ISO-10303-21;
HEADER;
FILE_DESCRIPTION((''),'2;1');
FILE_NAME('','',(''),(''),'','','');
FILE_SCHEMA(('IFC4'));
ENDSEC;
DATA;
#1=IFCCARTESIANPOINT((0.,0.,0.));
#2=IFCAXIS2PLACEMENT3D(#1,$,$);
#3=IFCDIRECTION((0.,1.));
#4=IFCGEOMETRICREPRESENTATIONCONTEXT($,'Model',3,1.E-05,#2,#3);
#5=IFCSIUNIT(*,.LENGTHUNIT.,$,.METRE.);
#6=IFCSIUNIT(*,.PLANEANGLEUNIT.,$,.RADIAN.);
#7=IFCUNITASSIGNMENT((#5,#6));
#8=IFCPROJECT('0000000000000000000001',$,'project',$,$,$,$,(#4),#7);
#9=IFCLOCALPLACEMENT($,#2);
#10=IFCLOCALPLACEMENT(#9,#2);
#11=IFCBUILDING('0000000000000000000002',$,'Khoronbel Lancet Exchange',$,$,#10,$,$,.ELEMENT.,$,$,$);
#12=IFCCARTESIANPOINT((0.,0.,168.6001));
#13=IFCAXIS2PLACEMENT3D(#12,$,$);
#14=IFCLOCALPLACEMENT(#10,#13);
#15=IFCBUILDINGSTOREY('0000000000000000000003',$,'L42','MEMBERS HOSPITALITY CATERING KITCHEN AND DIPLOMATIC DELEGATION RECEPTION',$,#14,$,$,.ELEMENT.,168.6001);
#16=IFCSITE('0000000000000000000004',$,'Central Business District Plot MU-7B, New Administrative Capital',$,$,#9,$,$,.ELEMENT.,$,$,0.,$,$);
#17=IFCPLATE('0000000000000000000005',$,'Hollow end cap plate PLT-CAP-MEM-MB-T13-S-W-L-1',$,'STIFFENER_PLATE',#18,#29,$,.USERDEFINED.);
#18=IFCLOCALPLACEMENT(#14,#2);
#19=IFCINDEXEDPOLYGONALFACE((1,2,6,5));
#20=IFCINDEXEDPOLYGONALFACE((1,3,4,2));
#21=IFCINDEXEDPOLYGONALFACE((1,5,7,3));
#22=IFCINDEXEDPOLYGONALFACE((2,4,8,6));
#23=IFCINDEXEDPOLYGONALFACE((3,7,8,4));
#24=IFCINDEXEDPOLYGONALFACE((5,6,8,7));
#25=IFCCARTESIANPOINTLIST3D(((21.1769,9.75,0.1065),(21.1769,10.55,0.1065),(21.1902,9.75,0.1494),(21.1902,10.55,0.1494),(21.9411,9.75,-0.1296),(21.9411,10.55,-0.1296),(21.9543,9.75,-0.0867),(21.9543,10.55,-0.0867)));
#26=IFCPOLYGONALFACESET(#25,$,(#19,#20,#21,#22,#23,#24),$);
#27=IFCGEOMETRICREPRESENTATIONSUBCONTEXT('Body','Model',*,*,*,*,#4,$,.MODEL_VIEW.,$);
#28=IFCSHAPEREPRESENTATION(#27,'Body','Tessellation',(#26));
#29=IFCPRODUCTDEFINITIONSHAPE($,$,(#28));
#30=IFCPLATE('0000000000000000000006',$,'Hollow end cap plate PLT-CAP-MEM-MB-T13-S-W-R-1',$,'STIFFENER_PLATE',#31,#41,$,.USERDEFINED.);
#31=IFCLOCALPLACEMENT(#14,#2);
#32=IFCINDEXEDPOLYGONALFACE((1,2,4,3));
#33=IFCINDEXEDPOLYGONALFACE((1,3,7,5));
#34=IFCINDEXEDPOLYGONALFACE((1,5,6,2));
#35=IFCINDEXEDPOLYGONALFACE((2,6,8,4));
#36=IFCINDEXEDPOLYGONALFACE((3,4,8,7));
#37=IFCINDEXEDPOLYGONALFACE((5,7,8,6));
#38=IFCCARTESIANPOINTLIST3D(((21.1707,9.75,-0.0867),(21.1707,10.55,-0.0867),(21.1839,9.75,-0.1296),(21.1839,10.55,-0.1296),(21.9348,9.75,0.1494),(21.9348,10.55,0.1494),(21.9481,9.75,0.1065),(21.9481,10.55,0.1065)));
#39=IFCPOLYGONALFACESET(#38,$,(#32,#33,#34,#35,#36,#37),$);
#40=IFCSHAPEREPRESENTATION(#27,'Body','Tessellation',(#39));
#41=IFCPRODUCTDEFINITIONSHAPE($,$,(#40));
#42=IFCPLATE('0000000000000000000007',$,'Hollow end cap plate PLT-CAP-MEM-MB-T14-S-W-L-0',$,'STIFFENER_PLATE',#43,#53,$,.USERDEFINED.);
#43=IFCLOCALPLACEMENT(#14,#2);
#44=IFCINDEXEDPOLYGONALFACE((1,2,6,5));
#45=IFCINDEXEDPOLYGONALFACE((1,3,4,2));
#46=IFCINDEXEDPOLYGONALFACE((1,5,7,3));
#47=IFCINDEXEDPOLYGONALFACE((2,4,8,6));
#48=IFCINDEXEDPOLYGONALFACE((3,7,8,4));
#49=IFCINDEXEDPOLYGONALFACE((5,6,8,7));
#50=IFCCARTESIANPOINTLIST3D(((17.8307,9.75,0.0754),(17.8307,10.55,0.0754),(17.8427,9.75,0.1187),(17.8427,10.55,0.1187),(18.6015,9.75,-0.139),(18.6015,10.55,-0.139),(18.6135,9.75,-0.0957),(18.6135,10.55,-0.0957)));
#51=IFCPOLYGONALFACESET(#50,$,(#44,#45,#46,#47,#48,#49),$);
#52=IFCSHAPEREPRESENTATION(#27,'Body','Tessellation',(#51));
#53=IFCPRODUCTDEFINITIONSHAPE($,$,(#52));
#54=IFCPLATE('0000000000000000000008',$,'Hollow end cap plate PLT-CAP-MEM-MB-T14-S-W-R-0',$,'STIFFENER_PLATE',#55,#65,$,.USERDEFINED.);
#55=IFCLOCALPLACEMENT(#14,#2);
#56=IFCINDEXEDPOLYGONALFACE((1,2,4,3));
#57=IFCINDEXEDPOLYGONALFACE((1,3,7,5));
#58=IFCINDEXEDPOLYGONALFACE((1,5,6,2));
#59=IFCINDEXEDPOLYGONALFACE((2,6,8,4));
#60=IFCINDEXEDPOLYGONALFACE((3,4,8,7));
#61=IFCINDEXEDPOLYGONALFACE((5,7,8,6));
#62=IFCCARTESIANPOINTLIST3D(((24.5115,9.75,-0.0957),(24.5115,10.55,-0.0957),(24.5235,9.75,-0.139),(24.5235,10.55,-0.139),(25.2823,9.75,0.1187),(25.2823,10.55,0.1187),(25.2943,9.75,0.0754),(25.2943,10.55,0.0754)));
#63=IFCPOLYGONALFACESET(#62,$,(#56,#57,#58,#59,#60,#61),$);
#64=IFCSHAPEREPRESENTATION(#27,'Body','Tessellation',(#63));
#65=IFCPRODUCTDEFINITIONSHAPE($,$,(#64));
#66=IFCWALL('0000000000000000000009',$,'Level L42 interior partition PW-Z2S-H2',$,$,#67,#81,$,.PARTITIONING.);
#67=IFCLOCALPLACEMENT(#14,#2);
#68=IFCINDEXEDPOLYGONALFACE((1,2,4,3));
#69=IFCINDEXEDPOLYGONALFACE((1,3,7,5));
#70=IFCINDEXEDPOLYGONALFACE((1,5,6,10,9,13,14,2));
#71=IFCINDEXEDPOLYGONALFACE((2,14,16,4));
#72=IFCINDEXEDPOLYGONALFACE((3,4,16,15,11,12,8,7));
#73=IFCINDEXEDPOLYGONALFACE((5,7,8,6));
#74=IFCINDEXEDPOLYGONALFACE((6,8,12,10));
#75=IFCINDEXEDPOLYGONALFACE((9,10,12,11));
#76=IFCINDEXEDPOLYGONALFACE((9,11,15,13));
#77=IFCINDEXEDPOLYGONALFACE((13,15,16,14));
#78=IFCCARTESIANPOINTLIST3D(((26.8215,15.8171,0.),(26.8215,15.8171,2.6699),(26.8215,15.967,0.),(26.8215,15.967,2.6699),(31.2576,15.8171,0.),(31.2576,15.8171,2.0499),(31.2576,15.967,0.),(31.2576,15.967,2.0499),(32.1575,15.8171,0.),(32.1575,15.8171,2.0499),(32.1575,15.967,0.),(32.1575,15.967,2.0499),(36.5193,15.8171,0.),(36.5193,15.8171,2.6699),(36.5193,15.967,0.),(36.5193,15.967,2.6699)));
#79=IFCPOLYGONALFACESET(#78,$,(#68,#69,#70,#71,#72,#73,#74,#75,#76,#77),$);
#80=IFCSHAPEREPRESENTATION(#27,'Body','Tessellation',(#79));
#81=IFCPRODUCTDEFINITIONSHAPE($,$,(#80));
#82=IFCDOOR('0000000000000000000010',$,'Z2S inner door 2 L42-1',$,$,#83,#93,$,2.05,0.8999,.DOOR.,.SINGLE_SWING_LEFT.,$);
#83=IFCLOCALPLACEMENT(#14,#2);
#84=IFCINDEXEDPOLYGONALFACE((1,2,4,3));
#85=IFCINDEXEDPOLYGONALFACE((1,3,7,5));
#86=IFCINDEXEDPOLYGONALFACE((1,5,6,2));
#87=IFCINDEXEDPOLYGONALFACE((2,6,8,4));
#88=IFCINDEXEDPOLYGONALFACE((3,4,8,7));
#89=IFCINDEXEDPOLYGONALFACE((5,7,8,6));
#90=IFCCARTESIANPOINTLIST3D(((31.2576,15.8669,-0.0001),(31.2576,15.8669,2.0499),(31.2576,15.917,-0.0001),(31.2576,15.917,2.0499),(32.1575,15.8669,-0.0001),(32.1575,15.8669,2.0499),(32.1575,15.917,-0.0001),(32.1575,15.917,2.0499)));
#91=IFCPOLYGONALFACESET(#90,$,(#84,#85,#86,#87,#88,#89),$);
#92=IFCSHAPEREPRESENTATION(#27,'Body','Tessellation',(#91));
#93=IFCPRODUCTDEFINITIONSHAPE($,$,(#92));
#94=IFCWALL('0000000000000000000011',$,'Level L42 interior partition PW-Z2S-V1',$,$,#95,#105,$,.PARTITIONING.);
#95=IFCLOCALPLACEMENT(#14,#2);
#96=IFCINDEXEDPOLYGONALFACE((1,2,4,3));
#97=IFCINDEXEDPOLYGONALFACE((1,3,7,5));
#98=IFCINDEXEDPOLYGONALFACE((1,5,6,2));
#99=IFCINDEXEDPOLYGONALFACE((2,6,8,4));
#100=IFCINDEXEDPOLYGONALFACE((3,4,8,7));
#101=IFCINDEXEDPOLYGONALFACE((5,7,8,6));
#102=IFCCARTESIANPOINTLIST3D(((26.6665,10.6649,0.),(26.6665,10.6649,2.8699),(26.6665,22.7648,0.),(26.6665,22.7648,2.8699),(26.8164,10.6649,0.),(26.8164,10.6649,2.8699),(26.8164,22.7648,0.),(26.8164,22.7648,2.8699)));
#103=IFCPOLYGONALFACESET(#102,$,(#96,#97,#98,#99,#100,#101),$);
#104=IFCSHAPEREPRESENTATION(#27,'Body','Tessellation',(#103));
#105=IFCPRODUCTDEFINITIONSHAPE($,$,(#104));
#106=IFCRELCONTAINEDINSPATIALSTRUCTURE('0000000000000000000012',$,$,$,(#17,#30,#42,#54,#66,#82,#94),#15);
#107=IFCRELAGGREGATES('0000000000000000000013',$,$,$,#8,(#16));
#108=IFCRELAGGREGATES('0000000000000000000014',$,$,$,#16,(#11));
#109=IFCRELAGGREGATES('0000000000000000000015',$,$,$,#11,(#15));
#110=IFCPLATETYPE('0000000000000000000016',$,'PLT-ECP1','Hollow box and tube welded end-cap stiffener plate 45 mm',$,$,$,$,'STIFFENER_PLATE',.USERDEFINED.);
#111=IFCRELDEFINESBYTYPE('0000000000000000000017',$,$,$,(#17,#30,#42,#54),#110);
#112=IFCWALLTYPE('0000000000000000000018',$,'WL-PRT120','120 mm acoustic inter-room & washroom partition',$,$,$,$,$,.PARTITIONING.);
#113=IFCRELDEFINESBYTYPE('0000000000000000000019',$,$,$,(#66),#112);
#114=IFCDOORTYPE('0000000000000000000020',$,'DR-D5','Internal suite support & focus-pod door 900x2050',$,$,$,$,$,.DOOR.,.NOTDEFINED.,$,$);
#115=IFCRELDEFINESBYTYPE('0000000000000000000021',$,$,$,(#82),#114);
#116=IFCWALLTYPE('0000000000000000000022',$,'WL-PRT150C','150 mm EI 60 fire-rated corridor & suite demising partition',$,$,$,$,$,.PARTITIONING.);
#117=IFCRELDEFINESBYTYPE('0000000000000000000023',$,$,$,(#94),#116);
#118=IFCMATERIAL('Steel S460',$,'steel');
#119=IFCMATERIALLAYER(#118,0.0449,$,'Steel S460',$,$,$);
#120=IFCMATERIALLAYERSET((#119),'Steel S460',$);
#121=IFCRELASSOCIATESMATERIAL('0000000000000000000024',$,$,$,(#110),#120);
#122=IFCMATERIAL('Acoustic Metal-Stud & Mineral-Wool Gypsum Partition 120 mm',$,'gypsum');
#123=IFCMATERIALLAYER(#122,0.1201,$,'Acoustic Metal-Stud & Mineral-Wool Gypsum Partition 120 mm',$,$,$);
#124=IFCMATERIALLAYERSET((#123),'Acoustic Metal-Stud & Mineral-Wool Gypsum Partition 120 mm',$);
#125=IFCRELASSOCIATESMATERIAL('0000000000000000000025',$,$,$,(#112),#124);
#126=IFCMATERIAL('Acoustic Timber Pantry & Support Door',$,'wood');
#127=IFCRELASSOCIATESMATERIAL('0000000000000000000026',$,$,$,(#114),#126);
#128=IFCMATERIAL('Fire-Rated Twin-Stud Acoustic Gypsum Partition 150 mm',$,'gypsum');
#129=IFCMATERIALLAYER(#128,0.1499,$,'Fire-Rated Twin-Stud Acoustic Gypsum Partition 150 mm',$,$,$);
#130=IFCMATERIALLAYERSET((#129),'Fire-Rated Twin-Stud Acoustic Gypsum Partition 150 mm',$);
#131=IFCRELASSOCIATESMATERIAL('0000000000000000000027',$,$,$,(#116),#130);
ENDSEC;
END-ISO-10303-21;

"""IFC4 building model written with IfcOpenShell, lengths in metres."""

from ifc_helpers import new_model, si_unit, direction, frame, frame_2d, origin, place, context, subcontext, project, spatial, polyline, rectangle, outline, extrude, material, layer, layer_set, type_object, element, fill, save


model = new_model("IFC4")

# Units and contexts
model_context = context("Model", 3, precision=1e-05, world=origin(), true_north=direction((0.0, 1.0)))
body_context = subcontext(model_context, "Body", "Model", "MODEL_VIEW")
ifc_project = project(units=[si_unit("LENGTHUNIT", "METRE"), si_unit("PLANEANGLEUNIT", "RADIAN")], contexts=[model_context])

# Site, building, storey
site_placement = place(None, origin())
site = spatial("IfcSite", under=ifc_project, at=site_placement, Name="Central Business District Plot MU-7B, New Administrative Capital", CompositionType="ELEMENT", RefElevation=0.0)
building_placement = place(site_placement, origin())
building = spatial("IfcBuilding", under=site, at=building_placement, Name="Khoronbel Lancet Exchange", CompositionType="ELEMENT")
storey_placement = place(building_placement, frame((0.0, 0.0, 168.6001)))
storey = spatial("IfcBuildingStorey", under=building, at=storey_placement, Name="L42", Description="MEMBERS HOSPITALITY CATERING KITCHEN AND DIPLOMATIC DELEGATION RECEPTION", CompositionType="ELEMENT", Elevation=168.6001)

# Shared definitions
ifc_material_1 = material(Name="Steel S460", Category="steel")

# Plates
ifc_layer_1 = layer(ifc_material_1, 0.0449, Name="Steel S460")
ifc_layer_set_1 = layer_set([ifc_layer_1], Name="Steel S460")
plate_type_1 = type_object("IfcPlateType", Name="PLT-ECP1", Description="Hollow box and tube welded end-cap stiffener plate 45 mm", ElementType="STIFFENER_PLATE", PredefinedType="USERDEFINED", material=ifc_layer_set_1)
for number, where, z_axis, x_axis, name in (
    (1, (21.9543, 9.75, -0.0867), (0.29518, 0.0, 0.955442), (0.0, 1.0, 0.0), "Hollow end cap plate PLT-CAP-MEM-MB-T13-S-W-L-1"),
    (2, (21.1707, 10.55, -0.0867), (-0.29518, 0.0, 0.955442), (0.0, -1.0, 0.0), "Hollow end cap plate PLT-CAP-MEM-MB-T13-S-W-R-1"),
):
    element("IfcPlate", number, at=place(storey_placement, frame(where, z_axis=z_axis, x_axis=x_axis)), inside=storey, type_object=plate_type_1, Name=name, ObjectType="STIFFENER_PLATE", PredefinedType="USERDEFINED", context=body_context, shape_type="SweptSolid", body=[
        extrude(outline(polyline([(0.0, 0.0), (0.8, 0.0), (0.8, 0.7998), (0.0, 0.7998), (0.0, 0.0)])), origin(), (0.0, 0.0, -1.0), 0.0449),
    ])
for number, where, z_axis, x_axis, name in (
    (3, (18.6135, 9.75, -0.0957), (0.267943, 0.0, 0.963435), (0.0, 1.0, 0.0), "Hollow end cap plate PLT-CAP-MEM-MB-T14-S-W-L-0"),
    (4, (24.5115, 10.55, -0.0957), (-0.267943, 0.0, 0.963435), (0.0, -1.0, 0.0), "Hollow end cap plate PLT-CAP-MEM-MB-T14-S-W-R-0"),
):
    element("IfcPlate", number, at=place(storey_placement, frame(where, z_axis=z_axis, x_axis=x_axis)), inside=storey, type_object=plate_type_1, Name=name, ObjectType="STIFFENER_PLATE", PredefinedType="USERDEFINED", context=body_context, shape_type="SweptSolid", body=[
        extrude(outline(polyline([(0.0, 0.0), (0.8, 0.0), (0.8, 0.8), (0.0, 0.8), (0.0, 0.0)])), origin(), (0.0, 0.0, -1.0), 0.0449),
    ])

# Wall, opening, door
ifc_material_2 = material(Name="Acoustic Metal-Stud & Mineral-Wool Gypsum Partition 120 mm", Category="gypsum")
ifc_layer_2 = layer(ifc_material_2, 0.1201, Name="Acoustic Metal-Stud & Mineral-Wool Gypsum Partition 120 mm")
ifc_layer_set_2 = layer_set([ifc_layer_2], Name="Acoustic Metal-Stud & Mineral-Wool Gypsum Partition 120 mm")
wall_type_1 = type_object("IfcWallType", Name="WL-PRT120", Description="120 mm acoustic inter-room & washroom partition", PredefinedType="PARTITIONING", material=ifc_layer_set_2)
wall_1_placement = place(storey_placement, frame((26.8215, 15.8921, 0.0), z_axis=(0.0, 0.0, 1.0), x_axis=(1.0, 0.0, 0.0)))
wall_1 = element("IfcWall", 5, at=wall_1_placement, inside=storey, type_object=wall_type_1, Name="Level L42 interior partition PW-Z2S-H2", PredefinedType="PARTITIONING", context=body_context, shape_type="SweptSolid", body=[
    extrude(rectangle(XDim=9.6978, YDim=0.1499, at=frame_2d((4.8489, 0.0))), origin(), (0.0, 0.0, 1.0), 2.6699),
])
opening_placement = place(wall_1_placement, frame((4.436, 0.0, 0.0)))
opening = element("IfcOpeningElement", 6, at=opening_placement, cuts=wall_1, PredefinedType="OPENING", context=body_context, shape_type="SweptSolid", body=[
    extrude(rectangle(XDim=0.8999, YDim=2.05, at=frame_2d((0.45, 1.0249))), frame((0.0, 0.085, 0.0), z_axis=(0.0, -1.0, 0.0), x_axis=(1.0, 0.0, 0.0)), (0.0, 0.0, 1.0), 0.1699),
])
ifc_material_3 = material(Name="Acoustic Timber Pantry & Support Door", Category="wood")
door_type = type_object("IfcDoorType", Name="DR-D5", Description="Internal suite support & focus-pod door 900x2050", OperationType="NOTDEFINED", PredefinedType="DOOR", material=ifc_material_3)
door_placement = place(opening_placement, origin())
door = element("IfcDoor", 7, at=door_placement, inside=storey, type_object=door_type, Name="Z2S inner door 2 L42-1", OperationType="SINGLE_SWING_LEFT", OverallHeight=2.05, OverallWidth=0.8999, PredefinedType="DOOR", context=body_context, shape_type="SweptSolid", body=[
    extrude(rectangle(XDim=0.8999, YDim=2.05, at=frame_2d((0.45, 1.0249))), frame((0.0, 0.0249, 0.0), z_axis=(0.0, -1.0, 0.0), x_axis=(1.0, 0.0, 0.0)), (0.0, 0.0, 1.0), 0.05),
])
fill(opening, door)

# Wall
ifc_material_4 = material(Name="Fire-Rated Twin-Stud Acoustic Gypsum Partition 150 mm", Category="gypsum")
ifc_layer_3 = layer(ifc_material_4, 0.1499, Name="Fire-Rated Twin-Stud Acoustic Gypsum Partition 150 mm")
ifc_layer_set_3 = layer_set([ifc_layer_3], Name="Fire-Rated Twin-Stud Acoustic Gypsum Partition 150 mm")
wall_type_2 = type_object("IfcWallType", Name="WL-PRT150C", Description="150 mm EI 60 fire-rated corridor & suite demising partition", PredefinedType="PARTITIONING", material=ifc_layer_set_3)
wall_2_placement = place(storey_placement, frame((26.7415, 10.665, 0.0), z_axis=(0.0, 0.0, 1.0), x_axis=(0.0, 1.0, 0.0)))
element("IfcWall", 8, at=wall_2_placement, inside=storey, type_object=wall_type_2, Name="Level L42 interior partition PW-Z2S-V1", PredefinedType="PARTITIONING", context=body_context, shape_type="SweptSolid", body=[
    extrude(rectangle(XDim=12.0999, YDim=0.1499, at=frame_2d((6.0498, 0.0))), origin(), (0.0, 0.0, 1.0), 2.8699),
])

save(model, "model.ifc")
